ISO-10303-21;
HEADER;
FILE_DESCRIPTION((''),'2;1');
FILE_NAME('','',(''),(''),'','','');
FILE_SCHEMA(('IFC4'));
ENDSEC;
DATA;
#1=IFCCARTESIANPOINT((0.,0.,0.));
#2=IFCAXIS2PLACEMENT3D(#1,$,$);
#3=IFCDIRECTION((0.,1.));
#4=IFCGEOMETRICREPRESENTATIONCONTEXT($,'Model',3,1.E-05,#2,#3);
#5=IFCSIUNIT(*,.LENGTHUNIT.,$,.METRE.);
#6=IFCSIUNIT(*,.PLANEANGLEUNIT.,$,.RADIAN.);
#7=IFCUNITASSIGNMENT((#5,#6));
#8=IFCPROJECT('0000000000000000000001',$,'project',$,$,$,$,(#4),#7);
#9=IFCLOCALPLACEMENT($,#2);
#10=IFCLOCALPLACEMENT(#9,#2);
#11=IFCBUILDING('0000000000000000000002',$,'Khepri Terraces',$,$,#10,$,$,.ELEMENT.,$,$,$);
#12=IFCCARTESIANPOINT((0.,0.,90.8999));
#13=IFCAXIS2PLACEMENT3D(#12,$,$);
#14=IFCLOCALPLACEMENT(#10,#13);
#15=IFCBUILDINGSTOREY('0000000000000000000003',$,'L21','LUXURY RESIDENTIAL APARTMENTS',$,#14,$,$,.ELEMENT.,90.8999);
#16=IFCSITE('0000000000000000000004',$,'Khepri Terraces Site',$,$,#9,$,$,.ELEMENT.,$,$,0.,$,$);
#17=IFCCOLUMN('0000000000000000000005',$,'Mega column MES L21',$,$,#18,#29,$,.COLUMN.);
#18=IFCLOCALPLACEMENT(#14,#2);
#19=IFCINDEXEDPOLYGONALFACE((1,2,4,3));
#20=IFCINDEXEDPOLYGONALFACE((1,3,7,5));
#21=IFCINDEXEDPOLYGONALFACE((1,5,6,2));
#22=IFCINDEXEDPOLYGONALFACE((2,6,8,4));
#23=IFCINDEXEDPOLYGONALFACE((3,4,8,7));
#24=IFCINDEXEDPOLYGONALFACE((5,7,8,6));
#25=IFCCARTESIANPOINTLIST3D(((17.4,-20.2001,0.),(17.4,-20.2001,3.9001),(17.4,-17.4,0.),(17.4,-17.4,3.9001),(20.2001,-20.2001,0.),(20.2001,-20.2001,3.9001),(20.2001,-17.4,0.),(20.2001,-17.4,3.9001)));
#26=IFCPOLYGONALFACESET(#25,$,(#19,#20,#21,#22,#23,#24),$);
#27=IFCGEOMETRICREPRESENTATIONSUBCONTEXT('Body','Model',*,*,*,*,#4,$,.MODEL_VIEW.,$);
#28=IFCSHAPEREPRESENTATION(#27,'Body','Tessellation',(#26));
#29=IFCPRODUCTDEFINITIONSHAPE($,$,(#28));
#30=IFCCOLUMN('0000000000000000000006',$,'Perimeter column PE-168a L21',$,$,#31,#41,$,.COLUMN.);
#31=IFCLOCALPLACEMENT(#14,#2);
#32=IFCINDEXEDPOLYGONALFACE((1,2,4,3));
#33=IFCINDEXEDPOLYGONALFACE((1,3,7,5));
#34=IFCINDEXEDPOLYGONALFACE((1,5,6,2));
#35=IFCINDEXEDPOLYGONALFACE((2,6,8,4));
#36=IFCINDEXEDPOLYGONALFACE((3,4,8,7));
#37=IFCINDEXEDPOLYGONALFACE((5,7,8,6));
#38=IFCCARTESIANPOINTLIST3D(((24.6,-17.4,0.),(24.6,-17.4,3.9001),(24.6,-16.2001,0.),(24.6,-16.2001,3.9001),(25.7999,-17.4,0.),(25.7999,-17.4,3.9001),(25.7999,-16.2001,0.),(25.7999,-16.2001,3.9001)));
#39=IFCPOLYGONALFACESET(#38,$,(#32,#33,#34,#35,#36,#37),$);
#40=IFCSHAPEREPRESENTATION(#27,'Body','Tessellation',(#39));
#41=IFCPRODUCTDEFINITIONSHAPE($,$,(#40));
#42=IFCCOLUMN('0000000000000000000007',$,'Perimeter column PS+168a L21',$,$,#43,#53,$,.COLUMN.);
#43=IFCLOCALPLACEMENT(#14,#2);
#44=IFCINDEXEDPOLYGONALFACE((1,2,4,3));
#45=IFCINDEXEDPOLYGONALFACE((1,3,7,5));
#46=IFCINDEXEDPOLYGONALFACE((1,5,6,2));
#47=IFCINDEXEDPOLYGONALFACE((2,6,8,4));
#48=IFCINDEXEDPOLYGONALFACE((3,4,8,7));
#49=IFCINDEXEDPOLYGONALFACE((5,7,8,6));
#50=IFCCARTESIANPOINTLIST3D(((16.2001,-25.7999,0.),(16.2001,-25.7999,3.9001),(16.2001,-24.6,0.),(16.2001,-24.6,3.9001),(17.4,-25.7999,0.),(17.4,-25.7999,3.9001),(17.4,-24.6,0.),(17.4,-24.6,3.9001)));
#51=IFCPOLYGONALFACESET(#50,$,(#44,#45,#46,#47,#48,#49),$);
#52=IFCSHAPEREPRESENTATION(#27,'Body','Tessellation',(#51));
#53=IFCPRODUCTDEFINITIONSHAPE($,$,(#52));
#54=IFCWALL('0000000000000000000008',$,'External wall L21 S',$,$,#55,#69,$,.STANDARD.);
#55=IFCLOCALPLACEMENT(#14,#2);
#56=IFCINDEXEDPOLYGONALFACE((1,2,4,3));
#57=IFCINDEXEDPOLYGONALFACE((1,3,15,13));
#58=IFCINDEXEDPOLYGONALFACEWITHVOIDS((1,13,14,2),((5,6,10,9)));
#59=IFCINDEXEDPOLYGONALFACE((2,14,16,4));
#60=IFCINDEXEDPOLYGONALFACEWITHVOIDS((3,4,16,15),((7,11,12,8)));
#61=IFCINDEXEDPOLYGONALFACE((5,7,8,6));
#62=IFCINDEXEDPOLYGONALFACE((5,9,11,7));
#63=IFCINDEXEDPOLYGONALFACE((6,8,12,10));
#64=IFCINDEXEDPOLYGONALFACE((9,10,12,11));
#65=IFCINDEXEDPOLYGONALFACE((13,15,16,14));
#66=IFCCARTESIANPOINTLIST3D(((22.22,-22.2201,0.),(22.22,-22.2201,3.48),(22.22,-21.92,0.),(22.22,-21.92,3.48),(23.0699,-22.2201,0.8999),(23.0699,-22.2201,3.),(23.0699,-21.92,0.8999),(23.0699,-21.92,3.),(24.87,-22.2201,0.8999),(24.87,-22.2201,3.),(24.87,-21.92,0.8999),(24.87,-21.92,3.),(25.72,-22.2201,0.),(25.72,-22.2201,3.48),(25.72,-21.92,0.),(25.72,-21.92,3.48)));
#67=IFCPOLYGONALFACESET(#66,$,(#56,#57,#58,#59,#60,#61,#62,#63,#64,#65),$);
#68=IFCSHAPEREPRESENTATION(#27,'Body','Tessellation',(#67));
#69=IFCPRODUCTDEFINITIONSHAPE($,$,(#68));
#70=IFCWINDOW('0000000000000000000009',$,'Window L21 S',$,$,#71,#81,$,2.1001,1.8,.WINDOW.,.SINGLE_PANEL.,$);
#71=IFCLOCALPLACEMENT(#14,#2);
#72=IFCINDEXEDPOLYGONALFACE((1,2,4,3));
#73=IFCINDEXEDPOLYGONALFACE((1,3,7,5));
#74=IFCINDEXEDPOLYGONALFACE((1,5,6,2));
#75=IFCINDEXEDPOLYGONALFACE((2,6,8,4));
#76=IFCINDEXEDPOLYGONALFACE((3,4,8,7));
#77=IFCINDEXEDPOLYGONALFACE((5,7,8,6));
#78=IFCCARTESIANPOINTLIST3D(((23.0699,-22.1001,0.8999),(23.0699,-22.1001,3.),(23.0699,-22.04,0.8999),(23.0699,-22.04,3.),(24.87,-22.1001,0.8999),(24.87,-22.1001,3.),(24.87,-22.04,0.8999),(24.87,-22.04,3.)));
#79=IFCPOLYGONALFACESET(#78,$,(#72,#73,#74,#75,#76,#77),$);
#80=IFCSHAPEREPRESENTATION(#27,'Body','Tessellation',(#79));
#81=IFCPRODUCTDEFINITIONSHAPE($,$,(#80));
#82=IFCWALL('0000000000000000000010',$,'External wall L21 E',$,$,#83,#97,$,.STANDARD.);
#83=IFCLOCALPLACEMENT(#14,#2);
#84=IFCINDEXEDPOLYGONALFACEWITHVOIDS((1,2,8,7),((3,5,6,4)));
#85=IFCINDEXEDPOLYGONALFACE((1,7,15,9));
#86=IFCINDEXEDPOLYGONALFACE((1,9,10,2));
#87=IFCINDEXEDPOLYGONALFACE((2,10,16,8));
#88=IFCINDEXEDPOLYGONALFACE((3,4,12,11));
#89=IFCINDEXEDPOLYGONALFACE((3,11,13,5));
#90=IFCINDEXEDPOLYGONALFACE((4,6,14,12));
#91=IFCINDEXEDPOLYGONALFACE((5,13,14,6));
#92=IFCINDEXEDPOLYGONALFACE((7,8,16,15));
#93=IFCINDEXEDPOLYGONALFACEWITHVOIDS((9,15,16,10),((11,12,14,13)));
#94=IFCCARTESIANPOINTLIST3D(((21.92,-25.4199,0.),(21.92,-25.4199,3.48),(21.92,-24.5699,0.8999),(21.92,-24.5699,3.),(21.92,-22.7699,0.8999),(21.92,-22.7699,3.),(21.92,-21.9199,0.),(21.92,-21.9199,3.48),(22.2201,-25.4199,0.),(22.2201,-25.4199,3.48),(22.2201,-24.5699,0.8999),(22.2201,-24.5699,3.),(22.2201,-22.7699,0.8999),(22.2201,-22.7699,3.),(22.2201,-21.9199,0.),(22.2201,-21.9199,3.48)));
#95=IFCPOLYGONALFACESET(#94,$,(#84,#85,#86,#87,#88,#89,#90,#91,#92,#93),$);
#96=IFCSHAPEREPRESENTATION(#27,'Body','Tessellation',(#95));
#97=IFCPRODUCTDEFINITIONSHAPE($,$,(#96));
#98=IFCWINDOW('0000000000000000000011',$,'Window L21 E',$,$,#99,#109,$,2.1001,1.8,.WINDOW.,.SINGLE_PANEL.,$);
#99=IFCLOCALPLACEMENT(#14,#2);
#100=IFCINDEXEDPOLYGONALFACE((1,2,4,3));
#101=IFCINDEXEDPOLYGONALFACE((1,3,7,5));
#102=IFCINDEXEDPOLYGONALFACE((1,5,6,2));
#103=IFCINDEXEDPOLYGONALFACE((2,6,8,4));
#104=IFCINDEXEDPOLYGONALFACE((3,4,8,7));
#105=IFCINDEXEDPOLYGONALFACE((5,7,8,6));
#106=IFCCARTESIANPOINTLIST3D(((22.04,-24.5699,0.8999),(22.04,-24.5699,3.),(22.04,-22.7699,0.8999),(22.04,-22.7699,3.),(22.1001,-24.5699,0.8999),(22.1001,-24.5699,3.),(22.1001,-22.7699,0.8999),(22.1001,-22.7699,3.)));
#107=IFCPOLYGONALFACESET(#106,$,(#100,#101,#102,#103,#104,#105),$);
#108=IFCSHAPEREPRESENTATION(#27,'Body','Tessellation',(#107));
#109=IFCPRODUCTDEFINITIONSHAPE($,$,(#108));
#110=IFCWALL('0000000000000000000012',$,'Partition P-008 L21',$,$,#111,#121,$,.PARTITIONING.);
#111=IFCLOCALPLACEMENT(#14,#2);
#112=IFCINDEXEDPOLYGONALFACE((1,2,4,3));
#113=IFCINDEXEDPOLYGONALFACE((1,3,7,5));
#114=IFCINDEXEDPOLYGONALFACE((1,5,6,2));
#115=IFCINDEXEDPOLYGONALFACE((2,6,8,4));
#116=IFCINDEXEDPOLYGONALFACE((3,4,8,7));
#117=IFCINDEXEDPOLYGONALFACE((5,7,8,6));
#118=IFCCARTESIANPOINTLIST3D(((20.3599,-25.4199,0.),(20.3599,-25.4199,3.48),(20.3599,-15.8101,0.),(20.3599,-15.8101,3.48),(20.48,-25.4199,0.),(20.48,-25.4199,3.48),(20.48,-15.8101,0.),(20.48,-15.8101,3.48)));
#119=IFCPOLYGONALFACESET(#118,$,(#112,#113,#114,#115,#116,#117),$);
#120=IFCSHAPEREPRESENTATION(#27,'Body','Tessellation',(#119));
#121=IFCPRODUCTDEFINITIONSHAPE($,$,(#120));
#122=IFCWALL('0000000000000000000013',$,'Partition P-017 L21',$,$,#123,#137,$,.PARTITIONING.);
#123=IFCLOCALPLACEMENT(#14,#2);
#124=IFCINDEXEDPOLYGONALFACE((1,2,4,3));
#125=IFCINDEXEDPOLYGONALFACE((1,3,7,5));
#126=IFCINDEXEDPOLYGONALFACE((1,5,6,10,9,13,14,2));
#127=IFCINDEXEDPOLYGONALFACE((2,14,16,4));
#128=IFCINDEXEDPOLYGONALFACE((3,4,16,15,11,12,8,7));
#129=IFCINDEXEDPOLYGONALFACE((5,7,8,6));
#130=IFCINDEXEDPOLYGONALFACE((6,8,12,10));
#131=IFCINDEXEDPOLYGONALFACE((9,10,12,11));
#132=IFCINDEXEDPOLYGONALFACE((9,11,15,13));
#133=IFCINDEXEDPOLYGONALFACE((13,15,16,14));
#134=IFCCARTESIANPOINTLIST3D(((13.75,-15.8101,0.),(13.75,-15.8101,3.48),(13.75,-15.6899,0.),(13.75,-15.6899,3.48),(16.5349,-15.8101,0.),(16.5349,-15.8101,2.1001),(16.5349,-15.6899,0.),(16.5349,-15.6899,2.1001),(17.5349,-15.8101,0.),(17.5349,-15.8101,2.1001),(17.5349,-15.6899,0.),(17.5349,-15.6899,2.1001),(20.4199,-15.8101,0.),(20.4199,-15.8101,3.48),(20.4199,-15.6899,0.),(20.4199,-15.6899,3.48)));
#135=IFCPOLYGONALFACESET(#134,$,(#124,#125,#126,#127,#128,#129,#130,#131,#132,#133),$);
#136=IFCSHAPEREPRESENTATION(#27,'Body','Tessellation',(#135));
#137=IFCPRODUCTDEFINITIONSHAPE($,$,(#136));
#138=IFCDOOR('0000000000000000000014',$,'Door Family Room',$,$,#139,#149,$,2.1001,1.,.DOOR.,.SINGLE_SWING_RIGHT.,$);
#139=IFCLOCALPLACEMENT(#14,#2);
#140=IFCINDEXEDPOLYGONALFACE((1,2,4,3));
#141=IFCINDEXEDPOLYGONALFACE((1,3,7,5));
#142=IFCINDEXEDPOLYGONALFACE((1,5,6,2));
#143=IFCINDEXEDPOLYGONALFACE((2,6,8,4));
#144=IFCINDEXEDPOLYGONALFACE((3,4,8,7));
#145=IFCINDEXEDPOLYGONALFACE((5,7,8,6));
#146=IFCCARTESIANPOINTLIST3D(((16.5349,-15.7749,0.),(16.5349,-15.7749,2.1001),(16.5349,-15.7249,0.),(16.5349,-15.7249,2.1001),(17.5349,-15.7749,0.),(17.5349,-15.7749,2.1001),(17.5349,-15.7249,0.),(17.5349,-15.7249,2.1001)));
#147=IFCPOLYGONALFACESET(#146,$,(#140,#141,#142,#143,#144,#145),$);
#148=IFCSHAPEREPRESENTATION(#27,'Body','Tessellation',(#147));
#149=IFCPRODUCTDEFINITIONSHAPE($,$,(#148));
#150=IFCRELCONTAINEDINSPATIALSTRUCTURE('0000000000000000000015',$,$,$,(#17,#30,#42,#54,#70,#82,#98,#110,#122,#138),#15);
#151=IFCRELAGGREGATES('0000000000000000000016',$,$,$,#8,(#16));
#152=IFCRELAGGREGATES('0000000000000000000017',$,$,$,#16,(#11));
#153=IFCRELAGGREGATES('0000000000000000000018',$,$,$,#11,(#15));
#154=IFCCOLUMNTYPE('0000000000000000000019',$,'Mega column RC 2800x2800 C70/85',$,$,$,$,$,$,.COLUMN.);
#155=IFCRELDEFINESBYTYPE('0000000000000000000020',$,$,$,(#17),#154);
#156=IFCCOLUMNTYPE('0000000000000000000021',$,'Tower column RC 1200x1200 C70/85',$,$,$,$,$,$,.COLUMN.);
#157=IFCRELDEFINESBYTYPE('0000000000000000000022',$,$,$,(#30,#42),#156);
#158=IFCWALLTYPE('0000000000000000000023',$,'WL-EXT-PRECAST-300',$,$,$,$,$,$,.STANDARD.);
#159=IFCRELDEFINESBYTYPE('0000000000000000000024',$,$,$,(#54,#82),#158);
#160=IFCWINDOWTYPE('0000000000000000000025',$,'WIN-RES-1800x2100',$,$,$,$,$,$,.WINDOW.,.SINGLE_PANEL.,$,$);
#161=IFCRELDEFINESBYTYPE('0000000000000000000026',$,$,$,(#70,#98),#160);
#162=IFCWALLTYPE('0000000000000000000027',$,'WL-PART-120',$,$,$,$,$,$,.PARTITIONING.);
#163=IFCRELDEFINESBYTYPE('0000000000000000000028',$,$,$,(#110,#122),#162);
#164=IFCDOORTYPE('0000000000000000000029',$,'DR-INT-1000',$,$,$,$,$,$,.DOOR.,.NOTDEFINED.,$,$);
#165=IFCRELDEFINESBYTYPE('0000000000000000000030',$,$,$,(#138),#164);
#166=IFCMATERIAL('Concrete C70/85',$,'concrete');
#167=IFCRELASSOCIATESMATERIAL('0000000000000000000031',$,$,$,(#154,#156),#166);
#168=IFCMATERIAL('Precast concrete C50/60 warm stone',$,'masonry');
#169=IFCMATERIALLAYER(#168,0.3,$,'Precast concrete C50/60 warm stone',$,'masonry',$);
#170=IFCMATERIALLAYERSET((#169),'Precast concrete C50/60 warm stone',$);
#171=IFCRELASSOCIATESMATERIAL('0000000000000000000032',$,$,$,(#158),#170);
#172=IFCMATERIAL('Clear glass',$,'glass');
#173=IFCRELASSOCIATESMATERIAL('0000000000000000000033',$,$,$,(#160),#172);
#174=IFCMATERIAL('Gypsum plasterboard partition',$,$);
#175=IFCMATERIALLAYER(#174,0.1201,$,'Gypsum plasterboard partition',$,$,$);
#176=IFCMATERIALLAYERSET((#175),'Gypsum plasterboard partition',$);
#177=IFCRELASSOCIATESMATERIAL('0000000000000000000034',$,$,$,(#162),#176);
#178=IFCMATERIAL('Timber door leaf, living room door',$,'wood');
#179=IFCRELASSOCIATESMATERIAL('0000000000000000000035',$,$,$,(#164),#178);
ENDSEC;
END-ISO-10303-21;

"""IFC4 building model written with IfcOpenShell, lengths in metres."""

from ifc_helpers import new_model, si_unit, direction, frame, frame_2d, origin, origin_2d, place, context, subcontext, project, spatial, rectangle, extrude, material, layer, layer_set, material_profile, profile_set, type_object, element, fill, save


model = new_model("IFC4")

# Units and contexts
model_context = context("Model", 3, precision=1e-05, world=origin(), true_north=direction((0.0, 1.0)))
body_context = subcontext(model_context, "Body", "Model", "MODEL_VIEW")
ifc_project = project(units=[si_unit("LENGTHUNIT", "METRE"), si_unit("PLANEANGLEUNIT", "RADIAN")], contexts=[model_context])

# Site, building, storey
site_placement = place(None, origin())
site = spatial("IfcSite", under=ifc_project, at=site_placement, Name="Khepri Terraces Site", CompositionType="ELEMENT", RefElevation=0.0)
building_placement = place(site_placement, origin())
building = spatial("IfcBuilding", under=site, at=building_placement, Name="Khepri Terraces", CompositionType="ELEMENT")
storey_placement = place(building_placement, frame((0.0, 0.0, 90.8999)))
storey = spatial("IfcBuildingStorey", under=building, at=storey_placement, Name="L21", Description="LUXURY RESIDENTIAL APARTMENTS", CompositionType="ELEMENT", Elevation=90.8999)

# Columns
ifc_material_1 = material(Name="Concrete C70/85", Category="concrete")
ifc_material_profile_1 = material_profile(ifc_material_1, rectangle(XDim=2.8, YDim=2.8, at=origin_2d()), Name="Concrete C70/85", Category="concrete")
ifc_profile_set_1 = profile_set([ifc_material_profile_1], Name="Concrete C70/85")
column_type_1 = type_object("IfcColumnType", Name="Mega column RC 2800x2800 C70/85", PredefinedType="COLUMN", material=ifc_profile_set_1)
column_placement = place(storey_placement, frame((18.8, -18.8, 0.0), z_axis=(0.0, 0.0, 1.0), x_axis=(1.0, 0.0, 0.0)))
element("IfcColumn", 1, at=column_placement, inside=storey, type_object=column_type_1, Name="Mega column MES L21", PredefinedType="COLUMN", context=body_context, shape_type="SweptSolid", body=[
    extrude(rectangle(XDim=2.8, YDim=2.8, at=origin_2d()), origin(), (0.0, 0.0, 1.0), 3.9001),
])
ifc_material_profile_2 = material_profile(ifc_material_1, rectangle(XDim=1.2, YDim=1.2, at=origin_2d()), Name="Concrete C70/85", Category="concrete")
ifc_profile_set_2 = profile_set([ifc_material_profile_2], Name="Concrete C70/85")
column_type_2 = type_object("IfcColumnType", Name="Tower column RC 1200x1200 C70/85", PredefinedType="COLUMN", material=ifc_profile_set_2)
for number, where, z_axis, x_axis, name in (
    (2, (25.2, -16.8, 0.0), (0.0, 0.0, 1.0), (1.0, 0.0, 0.0), "Perimeter column PE-168a L21"),
    (3, (16.8, -25.2, 0.0), (0.0, 0.0, 1.0), (1.0, 0.0, 0.0), "Perimeter column PS+168a L21"),
):
    element("IfcColumn", number, at=place(storey_placement, frame(where, z_axis=z_axis, x_axis=x_axis)), inside=storey, type_object=column_type_2, Name=name, PredefinedType="COLUMN", context=body_context, shape_type="SweptSolid", body=[
        extrude(rectangle(XDim=1.2, YDim=1.2, at=origin_2d()), origin(), (0.0, 0.0, 1.0), 3.9001),
    ])

# Wall, opening, window
ifc_material_2 = material(Name="Precast concrete C50/60 warm stone", Category="masonry")
ifc_layer_1 = layer(ifc_material_2, 0.3, Name="Precast concrete C50/60 warm stone", Category="masonry")
ifc_layer_set_1 = layer_set([ifc_layer_1], Name="Precast concrete C50/60 warm stone")
wall_type_1 = type_object("IfcWallType", Name="WL-EXT-PRECAST-300", PredefinedType="STANDARD", material=ifc_layer_set_1)
wall_1_placement = place(storey_placement, frame((22.22, -22.0701, 0.0), z_axis=(0.0, 0.0, 1.0), x_axis=(1.0, 0.0, 0.0)))
wall_1 = element("IfcWall", 4, at=wall_1_placement, inside=storey, type_object=wall_type_1, Name="External wall L21 S", PredefinedType="STANDARD", context=body_context, shape_type="SweptSolid", body=[
    extrude(rectangle(XDim=3.5, YDim=0.3, at=frame_2d((1.75, 0.0))), origin(), (0.0, 0.0, 1.0), 3.48),
])
opening_1_placement = place(wall_1_placement, frame((0.8501, 0.0, 0.8999)))
opening_1 = element("IfcOpeningElement", 5, at=opening_1_placement, cuts=wall_1, PredefinedType="OPENING", context=body_context, shape_type="SweptSolid", body=[
    extrude(rectangle(XDim=1.8, YDim=2.1001, at=frame_2d((0.8999, 1.05))), frame((0.0, 0.1602, 0.0), z_axis=(0.0, -1.0, 0.0), x_axis=(1.0, 0.0, 0.0)), (0.0, 0.0, 1.0), 0.3201),
])
ifc_material_3 = material(Name="Clear glass", Category="glass")
window_type = type_object("IfcWindowType", Name="WIN-RES-1800x2100", PartitioningType="SINGLE_PANEL", PredefinedType="WINDOW", material=ifc_material_3)
window_1_placement = place(opening_1_placement, origin())
window_1 = element("IfcWindow", 6, at=window_1_placement, inside=storey, type_object=window_type, Name="Window L21 S", OverallHeight=2.1001, OverallWidth=1.8, PartitioningType="SINGLE_PANEL", PredefinedType="WINDOW", context=body_context, shape_type="SweptSolid", body=[
    extrude(rectangle(XDim=1.8, YDim=2.1001, at=frame_2d((0.8999, 1.05))), frame((0.0, 0.03, 0.0), z_axis=(0.0, -1.0, 0.0), x_axis=(1.0, 0.0, 0.0)), (0.0, 0.0, 1.0), 0.0601),
])
fill(opening_1, window_1)

# Wall, opening, window
wall_2_placement = place(storey_placement, frame((22.0701, -25.4199, 0.0), z_axis=(0.0, 0.0, 1.0), x_axis=(0.0, 1.0, 0.0)))
wall_2 = element("IfcWall", 7, at=wall_2_placement, inside=storey, type_object=wall_type_1, Name="External wall L21 E", PredefinedType="STANDARD", context=body_context, shape_type="SweptSolid", body=[
    extrude(rectangle(XDim=3.5, YDim=0.3, at=frame_2d((1.75, 0.0))), origin(), (0.0, 0.0, 1.0), 3.48),
])
opening_2_placement = place(wall_2_placement, frame((0.8501, 0.0, 0.8999)))
opening_2 = element("IfcOpeningElement", 8, at=opening_2_placement, cuts=wall_2, PredefinedType="OPENING", context=body_context, shape_type="SweptSolid", body=[
    extrude(rectangle(XDim=1.8, YDim=2.1001, at=frame_2d((0.8999, 1.05))), frame((0.0, 0.1602, 0.0), z_axis=(0.0, -1.0, 0.0), x_axis=(1.0, 0.0, 0.0)), (0.0, 0.0, 1.0), 0.3201),
])
window_2_placement = place(opening_2_placement, origin())
window_2 = element("IfcWindow", 9, at=window_2_placement, inside=storey, type_object=window_type, Name="Window L21 E", OverallHeight=2.1001, OverallWidth=1.8, PartitioningType="SINGLE_PANEL", PredefinedType="WINDOW", context=body_context, shape_type="SweptSolid", body=[
    extrude(rectangle(XDim=1.8, YDim=2.1001, at=frame_2d((0.8999, 1.05))), frame((0.0, 0.03, 0.0), z_axis=(0.0, -1.0, 0.0), x_axis=(1.0, 0.0, 0.0)), (0.0, 0.0, 1.0), 0.0601),
])
fill(opening_2, window_2)

# Wall
ifc_material_4 = material(Name="Gypsum plasterboard partition")
ifc_layer_2 = layer(ifc_material_4, 0.1201, Name="Gypsum plasterboard partition")
ifc_layer_set_2 = layer_set([ifc_layer_2], Name="Gypsum plasterboard partition")
wall_type_2 = type_object("IfcWallType", Name="WL-PART-120", PredefinedType="PARTITIONING", material=ifc_layer_set_2)
wall_3_placement = place(storey_placement, frame((20.4199, -25.4199, 0.0), z_axis=(0.0, 0.0, 1.0), x_axis=(0.0, 1.0, 0.0)))
element("IfcWall", 10, at=wall_3_placement, inside=storey, type_object=wall_type_2, Name="Partition P-008 L21", PredefinedType="PARTITIONING", context=body_context, shape_type="SweptSolid", body=[
    extrude(rectangle(XDim=9.6099, YDim=0.1201, at=frame_2d((4.8049, 0.0))), origin(), (0.0, 0.0, 1.0), 3.48),
])

# Wall, opening, door
wall_4_placement = place(storey_placement, frame((13.75, -15.75, 0.0), z_axis=(0.0, 0.0, 1.0), x_axis=(1.0, 0.0, 0.0)))
wall_4 = element("IfcWall", 11, at=wall_4_placement, inside=storey, type_object=wall_type_2, Name="Partition P-017 L21", PredefinedType="PARTITIONING", context=body_context, shape_type="SweptSolid", body=[
    extrude(rectangle(XDim=6.6699, YDim=0.1201, at=frame_2d((3.335, 0.0))), origin(), (0.0, 0.0, 1.0), 3.48),
])
opening_3_placement = place(wall_4_placement, frame((2.7849, 0.0, 0.0)))
opening_3 = element("IfcOpeningElement", 12, at=opening_3_placement, cuts=wall_4, PredefinedType="OPENING", context=body_context, shape_type="SweptSolid", body=[
    extrude(rectangle(XDim=1.0, YDim=2.1001, at=frame_2d((0.5, 1.05))), frame((0.0, 0.0701, 0.0), z_axis=(0.0, -1.0, 0.0), x_axis=(1.0, 0.0, 0.0)), (0.0, 0.0, 1.0), 0.1401),
])
ifc_material_5 = material(Name="Timber door leaf, living room door", Category="wood")
door_type_1 = type_object("IfcDoorType", Name="DR-INT-1000", OperationType="NOTDEFINED", PredefinedType="DOOR", material=ifc_material_5)
door_1_placement = place(opening_3_placement, frame((1.0, 0.0, 0.0), z_axis=(0.0, 0.0, 1.0), x_axis=(-1.0, 0.0, 0.0)))
door_1 = element("IfcDoor", 13, at=door_1_placement, inside=storey, type_object=door_type_1, Name="Door Family Room", OperationType="SINGLE_SWING_RIGHT", OverallHeight=2.1001, OverallWidth=1.0, PredefinedType="DOOR", context=body_context, shape_type="SweptSolid", body=[
    extrude(rectangle(XDim=1.0, YDim=2.1001, at=frame_2d((0.5, 1.05))), frame((0.0, 0.0249, 0.0), z_axis=(0.0, -1.0, 0.0), x_axis=(1.0, 0.0, 0.0)), (0.0, 0.0, 1.0), 0.05),
])
fill(opening_3, door_1)

save(model, "model.ifc")
